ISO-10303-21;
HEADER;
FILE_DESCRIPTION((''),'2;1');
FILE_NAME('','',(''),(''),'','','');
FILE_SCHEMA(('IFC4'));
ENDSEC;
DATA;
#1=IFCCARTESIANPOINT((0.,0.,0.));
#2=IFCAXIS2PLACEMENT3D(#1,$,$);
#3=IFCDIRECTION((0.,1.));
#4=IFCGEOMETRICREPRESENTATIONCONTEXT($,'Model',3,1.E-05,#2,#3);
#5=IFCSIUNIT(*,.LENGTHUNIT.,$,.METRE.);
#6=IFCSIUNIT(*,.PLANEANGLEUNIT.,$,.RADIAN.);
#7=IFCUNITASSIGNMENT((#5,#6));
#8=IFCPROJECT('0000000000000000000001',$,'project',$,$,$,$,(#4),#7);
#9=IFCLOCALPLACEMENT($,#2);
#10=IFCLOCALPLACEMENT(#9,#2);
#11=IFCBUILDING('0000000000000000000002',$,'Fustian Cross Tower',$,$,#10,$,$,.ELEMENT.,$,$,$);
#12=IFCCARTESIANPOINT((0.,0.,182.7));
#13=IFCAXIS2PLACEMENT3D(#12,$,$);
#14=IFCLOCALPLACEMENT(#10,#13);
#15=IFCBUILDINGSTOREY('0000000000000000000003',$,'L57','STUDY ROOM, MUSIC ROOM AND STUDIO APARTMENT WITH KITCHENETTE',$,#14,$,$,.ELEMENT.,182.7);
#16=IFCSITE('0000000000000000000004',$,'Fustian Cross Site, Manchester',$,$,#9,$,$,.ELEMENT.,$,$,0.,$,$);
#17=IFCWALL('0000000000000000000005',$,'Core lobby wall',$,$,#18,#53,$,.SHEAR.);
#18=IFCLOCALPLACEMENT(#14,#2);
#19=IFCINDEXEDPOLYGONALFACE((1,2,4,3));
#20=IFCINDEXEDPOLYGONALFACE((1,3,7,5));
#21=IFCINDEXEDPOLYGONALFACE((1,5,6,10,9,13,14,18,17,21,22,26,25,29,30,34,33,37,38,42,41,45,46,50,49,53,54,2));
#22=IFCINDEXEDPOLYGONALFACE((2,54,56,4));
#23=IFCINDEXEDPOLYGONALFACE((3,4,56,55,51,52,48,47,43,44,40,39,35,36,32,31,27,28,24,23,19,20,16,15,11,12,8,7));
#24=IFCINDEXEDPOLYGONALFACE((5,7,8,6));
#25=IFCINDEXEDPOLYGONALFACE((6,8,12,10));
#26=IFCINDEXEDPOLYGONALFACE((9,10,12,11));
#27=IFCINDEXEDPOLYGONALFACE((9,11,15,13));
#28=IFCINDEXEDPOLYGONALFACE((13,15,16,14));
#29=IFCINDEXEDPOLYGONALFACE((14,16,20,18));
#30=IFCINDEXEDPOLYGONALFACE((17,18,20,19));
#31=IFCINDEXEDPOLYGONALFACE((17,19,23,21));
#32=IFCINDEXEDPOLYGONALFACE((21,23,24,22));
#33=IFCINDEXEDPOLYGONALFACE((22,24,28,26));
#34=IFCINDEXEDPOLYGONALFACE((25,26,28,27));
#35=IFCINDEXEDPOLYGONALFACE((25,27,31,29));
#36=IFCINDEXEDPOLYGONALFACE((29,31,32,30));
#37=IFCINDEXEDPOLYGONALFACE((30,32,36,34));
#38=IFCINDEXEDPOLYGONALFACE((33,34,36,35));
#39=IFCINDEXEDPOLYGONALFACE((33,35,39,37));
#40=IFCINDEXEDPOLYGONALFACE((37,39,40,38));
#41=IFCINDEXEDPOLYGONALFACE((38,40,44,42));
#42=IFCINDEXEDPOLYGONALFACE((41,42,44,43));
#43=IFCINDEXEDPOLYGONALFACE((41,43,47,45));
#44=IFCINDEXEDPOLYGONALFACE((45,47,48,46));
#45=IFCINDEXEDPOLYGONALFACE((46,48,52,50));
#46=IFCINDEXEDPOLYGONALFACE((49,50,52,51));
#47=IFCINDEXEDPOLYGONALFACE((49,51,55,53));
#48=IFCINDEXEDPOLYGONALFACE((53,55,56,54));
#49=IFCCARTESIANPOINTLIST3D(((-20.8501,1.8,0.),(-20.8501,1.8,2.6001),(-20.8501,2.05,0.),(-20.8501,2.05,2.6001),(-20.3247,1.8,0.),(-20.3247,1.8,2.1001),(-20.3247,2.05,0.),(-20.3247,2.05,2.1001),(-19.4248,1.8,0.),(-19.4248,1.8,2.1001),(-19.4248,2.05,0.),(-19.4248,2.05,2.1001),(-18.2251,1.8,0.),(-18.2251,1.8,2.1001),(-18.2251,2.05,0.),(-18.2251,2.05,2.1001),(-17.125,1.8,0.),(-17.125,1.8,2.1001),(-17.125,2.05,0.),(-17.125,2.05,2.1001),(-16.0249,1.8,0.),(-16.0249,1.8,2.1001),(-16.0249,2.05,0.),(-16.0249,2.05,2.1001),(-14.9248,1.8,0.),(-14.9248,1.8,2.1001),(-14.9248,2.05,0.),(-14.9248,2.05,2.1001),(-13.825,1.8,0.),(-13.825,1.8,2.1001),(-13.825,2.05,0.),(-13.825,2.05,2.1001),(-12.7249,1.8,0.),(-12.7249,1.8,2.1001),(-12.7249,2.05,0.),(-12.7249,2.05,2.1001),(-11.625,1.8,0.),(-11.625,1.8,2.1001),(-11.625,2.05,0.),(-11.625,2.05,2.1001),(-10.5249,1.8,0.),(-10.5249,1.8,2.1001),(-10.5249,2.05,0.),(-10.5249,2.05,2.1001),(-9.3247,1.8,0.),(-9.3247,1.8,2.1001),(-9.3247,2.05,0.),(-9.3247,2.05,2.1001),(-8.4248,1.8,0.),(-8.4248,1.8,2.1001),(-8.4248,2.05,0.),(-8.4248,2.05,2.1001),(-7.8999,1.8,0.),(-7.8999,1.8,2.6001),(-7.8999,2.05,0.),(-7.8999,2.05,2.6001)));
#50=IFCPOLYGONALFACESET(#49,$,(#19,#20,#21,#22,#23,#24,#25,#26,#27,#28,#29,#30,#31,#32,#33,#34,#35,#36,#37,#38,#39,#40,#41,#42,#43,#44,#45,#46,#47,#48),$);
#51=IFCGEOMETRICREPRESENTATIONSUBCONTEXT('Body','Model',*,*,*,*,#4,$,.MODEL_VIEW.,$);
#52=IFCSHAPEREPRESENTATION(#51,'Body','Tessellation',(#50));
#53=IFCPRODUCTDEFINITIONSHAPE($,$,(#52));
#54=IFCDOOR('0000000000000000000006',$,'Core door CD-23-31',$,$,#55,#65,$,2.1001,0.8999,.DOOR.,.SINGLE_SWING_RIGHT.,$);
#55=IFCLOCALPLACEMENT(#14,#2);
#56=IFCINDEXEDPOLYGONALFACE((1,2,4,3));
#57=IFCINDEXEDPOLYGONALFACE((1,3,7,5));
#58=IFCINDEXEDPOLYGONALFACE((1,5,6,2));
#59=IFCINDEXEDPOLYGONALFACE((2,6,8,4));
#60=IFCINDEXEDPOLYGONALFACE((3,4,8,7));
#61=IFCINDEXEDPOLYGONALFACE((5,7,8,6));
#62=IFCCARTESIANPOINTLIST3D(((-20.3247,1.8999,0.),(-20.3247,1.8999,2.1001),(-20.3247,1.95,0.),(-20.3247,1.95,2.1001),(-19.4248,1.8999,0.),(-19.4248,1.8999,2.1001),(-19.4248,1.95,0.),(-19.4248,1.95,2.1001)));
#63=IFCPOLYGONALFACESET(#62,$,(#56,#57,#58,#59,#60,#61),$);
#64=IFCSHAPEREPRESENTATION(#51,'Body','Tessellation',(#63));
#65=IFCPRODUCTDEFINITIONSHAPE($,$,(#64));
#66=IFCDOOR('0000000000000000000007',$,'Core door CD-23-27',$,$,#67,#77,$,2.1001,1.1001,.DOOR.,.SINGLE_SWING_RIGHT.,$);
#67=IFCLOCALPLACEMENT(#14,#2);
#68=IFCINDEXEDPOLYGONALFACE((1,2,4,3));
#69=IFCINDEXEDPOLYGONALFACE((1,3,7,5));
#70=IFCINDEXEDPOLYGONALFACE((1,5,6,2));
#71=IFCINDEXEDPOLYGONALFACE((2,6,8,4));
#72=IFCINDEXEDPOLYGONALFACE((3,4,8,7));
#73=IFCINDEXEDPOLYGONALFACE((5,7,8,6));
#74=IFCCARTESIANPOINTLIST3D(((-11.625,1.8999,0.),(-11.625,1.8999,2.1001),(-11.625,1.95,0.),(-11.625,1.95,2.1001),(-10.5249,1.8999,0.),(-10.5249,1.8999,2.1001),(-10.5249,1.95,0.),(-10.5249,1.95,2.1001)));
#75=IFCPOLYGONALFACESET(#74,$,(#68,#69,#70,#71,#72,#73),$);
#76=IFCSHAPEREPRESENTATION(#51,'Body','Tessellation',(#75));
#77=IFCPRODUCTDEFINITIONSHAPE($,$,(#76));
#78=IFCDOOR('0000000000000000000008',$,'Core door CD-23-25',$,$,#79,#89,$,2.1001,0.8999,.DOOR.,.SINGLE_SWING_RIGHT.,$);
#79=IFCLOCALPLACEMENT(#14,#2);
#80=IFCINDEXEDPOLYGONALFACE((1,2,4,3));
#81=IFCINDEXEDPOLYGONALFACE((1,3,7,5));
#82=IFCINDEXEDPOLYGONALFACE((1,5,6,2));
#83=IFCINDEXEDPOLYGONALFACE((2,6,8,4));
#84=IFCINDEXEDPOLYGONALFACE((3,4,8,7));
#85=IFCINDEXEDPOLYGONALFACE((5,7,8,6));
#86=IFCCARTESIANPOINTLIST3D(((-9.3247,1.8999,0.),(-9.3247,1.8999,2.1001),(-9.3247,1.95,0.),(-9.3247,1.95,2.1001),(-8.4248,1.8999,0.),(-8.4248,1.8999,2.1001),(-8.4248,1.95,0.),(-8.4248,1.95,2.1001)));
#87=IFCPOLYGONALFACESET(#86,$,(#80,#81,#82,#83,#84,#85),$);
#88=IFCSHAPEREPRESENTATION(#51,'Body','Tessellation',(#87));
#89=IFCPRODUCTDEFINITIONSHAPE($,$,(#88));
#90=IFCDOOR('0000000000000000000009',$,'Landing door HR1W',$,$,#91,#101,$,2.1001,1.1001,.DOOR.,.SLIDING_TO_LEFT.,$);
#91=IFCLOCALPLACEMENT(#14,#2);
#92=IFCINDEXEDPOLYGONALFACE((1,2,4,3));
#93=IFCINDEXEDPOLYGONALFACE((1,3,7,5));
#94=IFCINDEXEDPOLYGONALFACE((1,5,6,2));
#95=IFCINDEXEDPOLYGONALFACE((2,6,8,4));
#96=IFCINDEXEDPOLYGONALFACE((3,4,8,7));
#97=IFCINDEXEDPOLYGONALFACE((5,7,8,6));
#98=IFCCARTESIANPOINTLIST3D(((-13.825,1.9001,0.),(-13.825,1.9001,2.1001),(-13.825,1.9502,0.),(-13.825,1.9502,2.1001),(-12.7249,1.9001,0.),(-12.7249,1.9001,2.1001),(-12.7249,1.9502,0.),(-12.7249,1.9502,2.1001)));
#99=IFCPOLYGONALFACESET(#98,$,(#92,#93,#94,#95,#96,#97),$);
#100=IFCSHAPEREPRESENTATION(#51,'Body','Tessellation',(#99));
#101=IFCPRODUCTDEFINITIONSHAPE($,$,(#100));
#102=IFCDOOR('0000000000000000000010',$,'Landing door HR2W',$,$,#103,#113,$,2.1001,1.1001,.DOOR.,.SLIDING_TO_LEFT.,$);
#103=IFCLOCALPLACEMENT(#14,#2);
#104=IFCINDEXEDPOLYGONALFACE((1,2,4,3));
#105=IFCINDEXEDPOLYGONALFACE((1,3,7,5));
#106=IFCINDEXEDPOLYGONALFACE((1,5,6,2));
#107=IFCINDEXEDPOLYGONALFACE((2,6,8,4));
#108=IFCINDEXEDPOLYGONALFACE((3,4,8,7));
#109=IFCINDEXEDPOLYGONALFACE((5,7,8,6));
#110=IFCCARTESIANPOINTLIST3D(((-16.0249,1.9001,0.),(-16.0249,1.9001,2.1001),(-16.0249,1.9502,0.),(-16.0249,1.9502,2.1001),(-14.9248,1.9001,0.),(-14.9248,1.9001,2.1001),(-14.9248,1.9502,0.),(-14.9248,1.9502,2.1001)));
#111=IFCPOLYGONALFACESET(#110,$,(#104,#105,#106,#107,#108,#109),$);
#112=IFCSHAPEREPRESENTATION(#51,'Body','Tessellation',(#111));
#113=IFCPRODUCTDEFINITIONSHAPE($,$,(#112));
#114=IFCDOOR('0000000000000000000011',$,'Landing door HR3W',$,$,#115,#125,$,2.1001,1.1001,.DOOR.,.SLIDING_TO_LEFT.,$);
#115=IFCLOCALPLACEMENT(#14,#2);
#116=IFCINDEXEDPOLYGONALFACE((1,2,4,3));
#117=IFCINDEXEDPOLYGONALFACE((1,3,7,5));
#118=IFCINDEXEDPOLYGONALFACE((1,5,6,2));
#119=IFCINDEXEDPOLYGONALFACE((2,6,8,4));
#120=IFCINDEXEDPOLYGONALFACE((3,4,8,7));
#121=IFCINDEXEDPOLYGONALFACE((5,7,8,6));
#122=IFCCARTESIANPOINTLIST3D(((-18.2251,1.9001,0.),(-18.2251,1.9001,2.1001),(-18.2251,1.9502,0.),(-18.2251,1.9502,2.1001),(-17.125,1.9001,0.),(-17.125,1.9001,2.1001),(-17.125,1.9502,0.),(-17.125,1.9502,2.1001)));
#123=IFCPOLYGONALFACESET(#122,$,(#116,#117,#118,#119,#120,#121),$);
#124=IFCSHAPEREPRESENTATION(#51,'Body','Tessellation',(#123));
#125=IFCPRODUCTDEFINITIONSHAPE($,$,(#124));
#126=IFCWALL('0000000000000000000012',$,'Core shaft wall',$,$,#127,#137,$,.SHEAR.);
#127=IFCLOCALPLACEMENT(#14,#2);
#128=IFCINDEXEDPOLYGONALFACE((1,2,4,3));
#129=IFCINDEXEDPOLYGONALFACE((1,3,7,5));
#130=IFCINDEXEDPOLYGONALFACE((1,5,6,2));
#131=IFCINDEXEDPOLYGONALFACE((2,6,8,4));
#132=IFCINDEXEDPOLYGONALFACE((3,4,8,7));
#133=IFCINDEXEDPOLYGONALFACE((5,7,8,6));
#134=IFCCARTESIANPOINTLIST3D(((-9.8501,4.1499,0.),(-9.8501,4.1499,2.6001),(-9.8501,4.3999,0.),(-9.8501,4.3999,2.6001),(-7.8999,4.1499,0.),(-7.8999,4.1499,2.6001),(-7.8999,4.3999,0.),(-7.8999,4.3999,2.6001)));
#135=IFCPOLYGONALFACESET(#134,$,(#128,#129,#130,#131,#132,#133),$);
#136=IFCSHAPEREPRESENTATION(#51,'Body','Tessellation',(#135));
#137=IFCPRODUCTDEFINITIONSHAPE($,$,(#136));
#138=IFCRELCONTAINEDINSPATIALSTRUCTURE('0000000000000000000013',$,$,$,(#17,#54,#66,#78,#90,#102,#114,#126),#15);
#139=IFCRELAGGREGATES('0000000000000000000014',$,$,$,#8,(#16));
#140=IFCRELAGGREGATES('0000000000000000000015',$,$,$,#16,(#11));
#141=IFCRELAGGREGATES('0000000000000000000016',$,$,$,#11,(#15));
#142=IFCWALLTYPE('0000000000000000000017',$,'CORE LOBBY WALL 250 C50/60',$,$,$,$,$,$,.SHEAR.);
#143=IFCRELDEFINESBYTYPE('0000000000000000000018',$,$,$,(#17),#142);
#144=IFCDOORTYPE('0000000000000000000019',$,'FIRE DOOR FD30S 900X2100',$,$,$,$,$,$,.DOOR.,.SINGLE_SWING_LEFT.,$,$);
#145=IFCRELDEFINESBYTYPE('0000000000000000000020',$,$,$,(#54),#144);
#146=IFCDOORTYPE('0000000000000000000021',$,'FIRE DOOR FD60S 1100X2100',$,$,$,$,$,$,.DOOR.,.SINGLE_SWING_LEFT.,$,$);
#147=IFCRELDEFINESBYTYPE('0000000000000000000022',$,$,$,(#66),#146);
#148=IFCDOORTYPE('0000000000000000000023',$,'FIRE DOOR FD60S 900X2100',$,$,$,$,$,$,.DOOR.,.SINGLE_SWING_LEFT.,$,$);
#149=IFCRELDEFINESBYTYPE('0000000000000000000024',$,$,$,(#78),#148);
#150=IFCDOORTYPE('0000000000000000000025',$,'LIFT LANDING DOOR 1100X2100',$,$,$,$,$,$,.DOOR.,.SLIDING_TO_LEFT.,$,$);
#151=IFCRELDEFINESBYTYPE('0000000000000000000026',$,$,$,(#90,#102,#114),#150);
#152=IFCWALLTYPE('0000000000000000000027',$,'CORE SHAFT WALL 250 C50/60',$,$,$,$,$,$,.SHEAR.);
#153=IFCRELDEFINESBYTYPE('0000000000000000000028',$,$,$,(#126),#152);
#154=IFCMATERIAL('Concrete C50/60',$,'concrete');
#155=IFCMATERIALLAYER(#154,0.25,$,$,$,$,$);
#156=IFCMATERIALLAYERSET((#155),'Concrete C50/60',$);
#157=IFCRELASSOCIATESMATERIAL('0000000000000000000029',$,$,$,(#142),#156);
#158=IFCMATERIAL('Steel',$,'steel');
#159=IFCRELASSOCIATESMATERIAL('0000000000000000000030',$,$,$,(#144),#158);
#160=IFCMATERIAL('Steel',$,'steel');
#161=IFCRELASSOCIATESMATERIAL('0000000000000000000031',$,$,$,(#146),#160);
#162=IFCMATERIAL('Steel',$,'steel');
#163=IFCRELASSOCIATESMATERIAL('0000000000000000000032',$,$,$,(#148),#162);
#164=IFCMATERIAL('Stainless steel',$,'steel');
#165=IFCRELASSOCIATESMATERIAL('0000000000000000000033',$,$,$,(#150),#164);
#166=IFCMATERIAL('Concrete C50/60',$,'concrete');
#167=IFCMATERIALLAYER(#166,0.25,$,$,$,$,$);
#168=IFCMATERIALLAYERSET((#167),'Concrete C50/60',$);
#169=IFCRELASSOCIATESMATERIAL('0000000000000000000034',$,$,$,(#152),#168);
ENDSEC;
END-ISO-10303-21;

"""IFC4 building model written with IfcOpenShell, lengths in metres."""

from ifc_helpers import new_model, si_unit, direction, frame, frame_2d, origin, place, context, subcontext, project, spatial, rectangle, extrude, material, layer, layer_set, type_object, element, fill, save


model = new_model("IFC4")

# Units and contexts
model_context = context("Model", 3, precision=1e-05, world=origin(), true_north=direction((0.0, 1.0)))
body_context = subcontext(model_context, "Body", "Model", "MODEL_VIEW")
ifc_project = project(units=[si_unit("LENGTHUNIT", "METRE"), si_unit("PLANEANGLEUNIT", "RADIAN")], contexts=[model_context])

# Site, building, storey
site_placement = place(None, origin())
site = spatial("IfcSite", under=ifc_project, at=site_placement, Name="Fustian Cross Site, Manchester", CompositionType="ELEMENT", RefElevation=0.0)
building_placement = place(site_placement, origin())
building = spatial("IfcBuilding", under=site, at=building_placement, Name="Fustian Cross Tower", CompositionType="ELEMENT")
storey_placement = place(building_placement, frame((0.0, 0.0, 182.7)))
storey = spatial("IfcBuildingStorey", under=building, at=storey_placement, Name="L57", Description="STUDY ROOM, MUSIC ROOM AND STUDIO APARTMENT WITH KITCHENETTE", CompositionType="ELEMENT", Elevation=182.7)

# Wall, openings, doors
ifc_material_1 = material(Name="Concrete C50/60", Category="concrete")
ifc_layer_1 = layer(ifc_material_1, 0.25)
ifc_layer_set_1 = layer_set([ifc_layer_1], Name="Concrete C50/60")
wall_type_1 = type_object("IfcWallType", Name="CORE LOBBY WALL 250 C50/60", PredefinedType="SHEAR", material=ifc_layer_set_1)
wall_1_placement = place(storey_placement, frame((-7.8999, 1.925, 0.0), z_axis=(0.0, 0.0, 1.0), x_axis=(-1.0, 0.0, 0.0)))
wall_1 = element("IfcWall", 1, at=wall_1_placement, inside=storey, type_object=wall_type_1, Name="Core lobby wall", PredefinedType="SHEAR", context=body_context, shape_type="SweptSolid", body=[
    extrude(rectangle(XDim=12.9502, YDim=0.25, at=frame_2d((6.4751, 0.0))), origin(), (0.0, 0.0, 1.0), 2.6001),
])
opening_1_placement = place(wall_1_placement, frame((4.825, 0.0, 0.0)))
opening_1 = element("IfcOpeningElement", 2, at=opening_1_placement, cuts=wall_1, PredefinedType="OPENING", context=body_context, shape_type="SweptSolid", body=[
    extrude(rectangle(XDim=1.1001, YDim=2.1001, at=frame_2d((0.55, 1.05))), frame((0.0, 0.135, 0.0), z_axis=(0.0, -1.0, 0.0), x_axis=(1.0, 0.0, 0.0)), (0.0, 0.0, 1.0), 0.27),
])
opening_2_placement = place(wall_1_placement, frame((7.0249, 0.0, 0.0)))
opening_2 = element("IfcOpeningElement", 3, at=opening_2_placement, cuts=wall_1, PredefinedType="OPENING", context=body_context, shape_type="SweptSolid", body=[
    extrude(rectangle(XDim=1.1001, YDim=2.1001, at=frame_2d((0.55, 1.05))), frame((0.0, 0.135, 0.0), z_axis=(0.0, -1.0, 0.0), x_axis=(1.0, 0.0, 0.0)), (0.0, 0.0, 1.0), 0.27),
])
opening_3_placement = place(wall_1_placement, frame((9.2251, 0.0, 0.0)))
opening_3 = element("IfcOpeningElement", 4, at=opening_3_placement, cuts=wall_1, PredefinedType="OPENING", context=body_context, shape_type="SweptSolid", body=[
    extrude(rectangle(XDim=1.1001, YDim=2.1001, at=frame_2d((0.55, 1.05))), frame((0.0, 0.135, 0.0), z_axis=(0.0, -1.0, 0.0), x_axis=(1.0, 0.0, 0.0)), (0.0, 0.0, 1.0), 0.27),
])
opening_4_placement = place(wall_1_placement, frame((0.5249, 0.0, 0.0)))
opening_4 = element("IfcOpeningElement", 5, at=opening_4_placement, cuts=wall_1, PredefinedType="OPENING", context=body_context, shape_type="SweptSolid", body=[
    extrude(rectangle(XDim=0.8999, YDim=2.1001, at=frame_2d((0.45, 1.05))), frame((0.0, 0.135, 0.0), z_axis=(0.0, -1.0, 0.0), x_axis=(1.0, 0.0, 0.0)), (0.0, 0.0, 1.0), 0.27),
])
opening_5_placement = place(wall_1_placement, frame((2.625, 0.0, 0.0)))
opening_5 = element("IfcOpeningElement", 6, at=opening_5_placement, cuts=wall_1, PredefinedType="OPENING", context=body_context, shape_type="SweptSolid", body=[
    extrude(rectangle(XDim=1.1001, YDim=2.1001, at=frame_2d((0.55, 1.05))), frame((0.0, 0.135, 0.0), z_axis=(0.0, -1.0, 0.0), x_axis=(1.0, 0.0, 0.0)), (0.0, 0.0, 1.0), 0.27),
])
opening_6_placement = place(wall_1_placement, frame((11.5249, 0.0, 0.0)))
opening_6 = element("IfcOpeningElement", 7, at=opening_6_placement, cuts=wall_1, PredefinedType="OPENING", context=body_context, shape_type="SweptSolid", body=[
    extrude(rectangle(XDim=0.8999, YDim=2.1001, at=frame_2d((0.45, 1.05))), frame((0.0, 0.135, 0.0), z_axis=(0.0, -1.0, 0.0), x_axis=(1.0, 0.0, 0.0)), (0.0, 0.0, 1.0), 0.27),
])
ifc_material_2 = material(Name="Steel", Category="steel")
door_type_1 = type_object("IfcDoorType", Name="FIRE DOOR FD30S 900X2100", OperationType="SINGLE_SWING_LEFT", PredefinedType="DOOR", material=ifc_material_2)
door_1_placement = place(opening_6_placement, frame((0.8999, 0.0, 0.0), z_axis=(0.0, 0.0, 1.0), x_axis=(-1.0, 0.0, 0.0)))
door_1 = element("IfcDoor", 8, at=door_1_placement, inside=storey, type_object=door_type_1, Name="Core door CD-23-31", OperationType="SINGLE_SWING_RIGHT", OverallHeight=2.1001, OverallWidth=0.8999, PredefinedType="DOOR", context=body_context, shape_type="SweptSolid", body=[
    extrude(rectangle(XDim=0.8999, YDim=2.1001, at=frame_2d((0.45, 1.05))), frame((0.0, 0.0249, 0.0), z_axis=(0.0, -1.0, 0.0), x_axis=(1.0, 0.0, 0.0)), (0.0, 0.0, 1.0), 0.05),
])
fill(opening_6, door_1)
ifc_material_3 = material(Name="Steel", Category="steel")
door_type_2 = type_object("IfcDoorType", Name="FIRE DOOR FD60S 1100X2100", OperationType="SINGLE_SWING_LEFT", PredefinedType="DOOR", material=ifc_material_3)
door_2_placement = place(opening_5_placement, frame((1.1001, 0.0, 0.0), z_axis=(0.0, 0.0, 1.0), x_axis=(-1.0, 0.0, 0.0)))
door_2 = element("IfcDoor", 9, at=door_2_placement, inside=storey, type_object=door_type_2, Name="Core door CD-23-27", OperationType="SINGLE_SWING_RIGHT", OverallHeight=2.1001, OverallWidth=1.1001, PredefinedType="DOOR", context=body_context, shape_type="SweptSolid", body=[
    extrude(rectangle(XDim=1.1001, YDim=2.1001, at=frame_2d((0.55, 1.05))), frame((0.0, 0.0249, 0.0), z_axis=(0.0, -1.0, 0.0), x_axis=(1.0, 0.0, 0.0)), (0.0, 0.0, 1.0), 0.05),
])
fill(opening_5, door_2)
ifc_material_4 = material(Name="Steel", Category="steel")
door_type_3 = type_object("IfcDoorType", Name="FIRE DOOR FD60S 900X2100", OperationType="SINGLE_SWING_LEFT", PredefinedType="DOOR", material=ifc_material_4)
door_3_placement = place(opening_4_placement, frame((0.8999, 0.0, 0.0), z_axis=(0.0, 0.0, 1.0), x_axis=(-1.0, 0.0, 0.0)))
door_3 = element("IfcDoor", 10, at=door_3_placement, inside=storey, type_object=door_type_3, Name="Core door CD-23-25", OperationType="SINGLE_SWING_RIGHT", OverallHeight=2.1001, OverallWidth=0.8999, PredefinedType="DOOR", context=body_context, shape_type="SweptSolid", body=[
    extrude(rectangle(XDim=0.8999, YDim=2.1001, at=frame_2d((0.45, 1.05))), frame((0.0, 0.0249, 0.0), z_axis=(0.0, -1.0, 0.0), x_axis=(1.0, 0.0, 0.0)), (0.0, 0.0, 1.0), 0.05),
])
fill(opening_4, door_3)
ifc_material_5 = material(Name="Stainless steel", Category="steel")
door_type_4 = type_object("IfcDoorType", Name="LIFT LANDING DOOR 1100X2100", OperationType="SLIDING_TO_LEFT", PredefinedType="DOOR", material=ifc_material_5)
door_4_placement = place(opening_1_placement, origin())
door_4 = element("IfcDoor", 11, at=door_4_placement, inside=storey, type_object=door_type_4, Name="Landing door HR1W", OperationType="SLIDING_TO_LEFT", OverallHeight=2.1001, OverallWidth=1.1001, PredefinedType="DOOR", context=body_context, shape_type="SweptSolid", body=[
    extrude(rectangle(XDim=1.1001, YDim=2.1001, at=frame_2d((0.55, 1.05))), frame((0.0, 0.0249, 0.0), z_axis=(0.0, -1.0, 0.0), x_axis=(1.0, 0.0, 0.0)), (0.0, 0.0, 1.0), 0.05),
])
fill(opening_1, door_4)
door_5_placement = place(opening_2_placement, origin())
door_5 = element("IfcDoor", 12, at=door_5_placement, inside=storey, type_object=door_type_4, Name="Landing door HR2W", OperationType="SLIDING_TO_LEFT", OverallHeight=2.1001, OverallWidth=1.1001, PredefinedType="DOOR", context=body_context, shape_type="SweptSolid", body=[
    extrude(rectangle(XDim=1.1001, YDim=2.1001, at=frame_2d((0.55, 1.05))), frame((0.0, 0.0249, 0.0), z_axis=(0.0, -1.0, 0.0), x_axis=(1.0, 0.0, 0.0)), (0.0, 0.0, 1.0), 0.05),
])
fill(opening_2, door_5)
door_6_placement = place(opening_3_placement, origin())
door_6 = element("IfcDoor", 13, at=door_6_placement, inside=storey, type_object=door_type_4, Name="Landing door HR3W", OperationType="SLIDING_TO_LEFT", OverallHeight=2.1001, OverallWidth=1.1001, PredefinedType="DOOR", context=body_context, shape_type="SweptSolid", body=[
    extrude(rectangle(XDim=1.1001, YDim=2.1001, at=frame_2d((0.55, 1.05))), frame((0.0, 0.0249, 0.0), z_axis=(0.0, -1.0, 0.0), x_axis=(1.0, 0.0, 0.0)), (0.0, 0.0, 1.0), 0.05),
])
fill(opening_3, door_6)

# Wall
ifc_material_6 = material(Name="Concrete C50/60", Category="concrete")
ifc_layer_2 = layer(ifc_material_6, 0.25)
ifc_layer_set_2 = layer_set([ifc_layer_2], Name="Concrete C50/60")
wall_type_2 = type_object("IfcWallType", Name="CORE SHAFT WALL 250 C50/60", PredefinedType="SHEAR", material=ifc_layer_set_2)
wall_2_placement = place(storey_placement, frame((-7.8999, 4.2749, 0.0), z_axis=(0.0, 0.0, 1.0), x_axis=(-1.0, 0.0, 0.0)))
element("IfcWall", 14, at=wall_2_placement, inside=storey, type_object=wall_type_2, Name="Core shaft wall", PredefinedType="SHEAR", context=body_context, shape_type="SweptSolid", body=[
    extrude(rectangle(XDim=1.9502, YDim=0.25, at=frame_2d((0.9751, 0.0))), origin(), (0.0, 0.0, 1.0), 2.6001),
])

save(model, "model.ifc")
